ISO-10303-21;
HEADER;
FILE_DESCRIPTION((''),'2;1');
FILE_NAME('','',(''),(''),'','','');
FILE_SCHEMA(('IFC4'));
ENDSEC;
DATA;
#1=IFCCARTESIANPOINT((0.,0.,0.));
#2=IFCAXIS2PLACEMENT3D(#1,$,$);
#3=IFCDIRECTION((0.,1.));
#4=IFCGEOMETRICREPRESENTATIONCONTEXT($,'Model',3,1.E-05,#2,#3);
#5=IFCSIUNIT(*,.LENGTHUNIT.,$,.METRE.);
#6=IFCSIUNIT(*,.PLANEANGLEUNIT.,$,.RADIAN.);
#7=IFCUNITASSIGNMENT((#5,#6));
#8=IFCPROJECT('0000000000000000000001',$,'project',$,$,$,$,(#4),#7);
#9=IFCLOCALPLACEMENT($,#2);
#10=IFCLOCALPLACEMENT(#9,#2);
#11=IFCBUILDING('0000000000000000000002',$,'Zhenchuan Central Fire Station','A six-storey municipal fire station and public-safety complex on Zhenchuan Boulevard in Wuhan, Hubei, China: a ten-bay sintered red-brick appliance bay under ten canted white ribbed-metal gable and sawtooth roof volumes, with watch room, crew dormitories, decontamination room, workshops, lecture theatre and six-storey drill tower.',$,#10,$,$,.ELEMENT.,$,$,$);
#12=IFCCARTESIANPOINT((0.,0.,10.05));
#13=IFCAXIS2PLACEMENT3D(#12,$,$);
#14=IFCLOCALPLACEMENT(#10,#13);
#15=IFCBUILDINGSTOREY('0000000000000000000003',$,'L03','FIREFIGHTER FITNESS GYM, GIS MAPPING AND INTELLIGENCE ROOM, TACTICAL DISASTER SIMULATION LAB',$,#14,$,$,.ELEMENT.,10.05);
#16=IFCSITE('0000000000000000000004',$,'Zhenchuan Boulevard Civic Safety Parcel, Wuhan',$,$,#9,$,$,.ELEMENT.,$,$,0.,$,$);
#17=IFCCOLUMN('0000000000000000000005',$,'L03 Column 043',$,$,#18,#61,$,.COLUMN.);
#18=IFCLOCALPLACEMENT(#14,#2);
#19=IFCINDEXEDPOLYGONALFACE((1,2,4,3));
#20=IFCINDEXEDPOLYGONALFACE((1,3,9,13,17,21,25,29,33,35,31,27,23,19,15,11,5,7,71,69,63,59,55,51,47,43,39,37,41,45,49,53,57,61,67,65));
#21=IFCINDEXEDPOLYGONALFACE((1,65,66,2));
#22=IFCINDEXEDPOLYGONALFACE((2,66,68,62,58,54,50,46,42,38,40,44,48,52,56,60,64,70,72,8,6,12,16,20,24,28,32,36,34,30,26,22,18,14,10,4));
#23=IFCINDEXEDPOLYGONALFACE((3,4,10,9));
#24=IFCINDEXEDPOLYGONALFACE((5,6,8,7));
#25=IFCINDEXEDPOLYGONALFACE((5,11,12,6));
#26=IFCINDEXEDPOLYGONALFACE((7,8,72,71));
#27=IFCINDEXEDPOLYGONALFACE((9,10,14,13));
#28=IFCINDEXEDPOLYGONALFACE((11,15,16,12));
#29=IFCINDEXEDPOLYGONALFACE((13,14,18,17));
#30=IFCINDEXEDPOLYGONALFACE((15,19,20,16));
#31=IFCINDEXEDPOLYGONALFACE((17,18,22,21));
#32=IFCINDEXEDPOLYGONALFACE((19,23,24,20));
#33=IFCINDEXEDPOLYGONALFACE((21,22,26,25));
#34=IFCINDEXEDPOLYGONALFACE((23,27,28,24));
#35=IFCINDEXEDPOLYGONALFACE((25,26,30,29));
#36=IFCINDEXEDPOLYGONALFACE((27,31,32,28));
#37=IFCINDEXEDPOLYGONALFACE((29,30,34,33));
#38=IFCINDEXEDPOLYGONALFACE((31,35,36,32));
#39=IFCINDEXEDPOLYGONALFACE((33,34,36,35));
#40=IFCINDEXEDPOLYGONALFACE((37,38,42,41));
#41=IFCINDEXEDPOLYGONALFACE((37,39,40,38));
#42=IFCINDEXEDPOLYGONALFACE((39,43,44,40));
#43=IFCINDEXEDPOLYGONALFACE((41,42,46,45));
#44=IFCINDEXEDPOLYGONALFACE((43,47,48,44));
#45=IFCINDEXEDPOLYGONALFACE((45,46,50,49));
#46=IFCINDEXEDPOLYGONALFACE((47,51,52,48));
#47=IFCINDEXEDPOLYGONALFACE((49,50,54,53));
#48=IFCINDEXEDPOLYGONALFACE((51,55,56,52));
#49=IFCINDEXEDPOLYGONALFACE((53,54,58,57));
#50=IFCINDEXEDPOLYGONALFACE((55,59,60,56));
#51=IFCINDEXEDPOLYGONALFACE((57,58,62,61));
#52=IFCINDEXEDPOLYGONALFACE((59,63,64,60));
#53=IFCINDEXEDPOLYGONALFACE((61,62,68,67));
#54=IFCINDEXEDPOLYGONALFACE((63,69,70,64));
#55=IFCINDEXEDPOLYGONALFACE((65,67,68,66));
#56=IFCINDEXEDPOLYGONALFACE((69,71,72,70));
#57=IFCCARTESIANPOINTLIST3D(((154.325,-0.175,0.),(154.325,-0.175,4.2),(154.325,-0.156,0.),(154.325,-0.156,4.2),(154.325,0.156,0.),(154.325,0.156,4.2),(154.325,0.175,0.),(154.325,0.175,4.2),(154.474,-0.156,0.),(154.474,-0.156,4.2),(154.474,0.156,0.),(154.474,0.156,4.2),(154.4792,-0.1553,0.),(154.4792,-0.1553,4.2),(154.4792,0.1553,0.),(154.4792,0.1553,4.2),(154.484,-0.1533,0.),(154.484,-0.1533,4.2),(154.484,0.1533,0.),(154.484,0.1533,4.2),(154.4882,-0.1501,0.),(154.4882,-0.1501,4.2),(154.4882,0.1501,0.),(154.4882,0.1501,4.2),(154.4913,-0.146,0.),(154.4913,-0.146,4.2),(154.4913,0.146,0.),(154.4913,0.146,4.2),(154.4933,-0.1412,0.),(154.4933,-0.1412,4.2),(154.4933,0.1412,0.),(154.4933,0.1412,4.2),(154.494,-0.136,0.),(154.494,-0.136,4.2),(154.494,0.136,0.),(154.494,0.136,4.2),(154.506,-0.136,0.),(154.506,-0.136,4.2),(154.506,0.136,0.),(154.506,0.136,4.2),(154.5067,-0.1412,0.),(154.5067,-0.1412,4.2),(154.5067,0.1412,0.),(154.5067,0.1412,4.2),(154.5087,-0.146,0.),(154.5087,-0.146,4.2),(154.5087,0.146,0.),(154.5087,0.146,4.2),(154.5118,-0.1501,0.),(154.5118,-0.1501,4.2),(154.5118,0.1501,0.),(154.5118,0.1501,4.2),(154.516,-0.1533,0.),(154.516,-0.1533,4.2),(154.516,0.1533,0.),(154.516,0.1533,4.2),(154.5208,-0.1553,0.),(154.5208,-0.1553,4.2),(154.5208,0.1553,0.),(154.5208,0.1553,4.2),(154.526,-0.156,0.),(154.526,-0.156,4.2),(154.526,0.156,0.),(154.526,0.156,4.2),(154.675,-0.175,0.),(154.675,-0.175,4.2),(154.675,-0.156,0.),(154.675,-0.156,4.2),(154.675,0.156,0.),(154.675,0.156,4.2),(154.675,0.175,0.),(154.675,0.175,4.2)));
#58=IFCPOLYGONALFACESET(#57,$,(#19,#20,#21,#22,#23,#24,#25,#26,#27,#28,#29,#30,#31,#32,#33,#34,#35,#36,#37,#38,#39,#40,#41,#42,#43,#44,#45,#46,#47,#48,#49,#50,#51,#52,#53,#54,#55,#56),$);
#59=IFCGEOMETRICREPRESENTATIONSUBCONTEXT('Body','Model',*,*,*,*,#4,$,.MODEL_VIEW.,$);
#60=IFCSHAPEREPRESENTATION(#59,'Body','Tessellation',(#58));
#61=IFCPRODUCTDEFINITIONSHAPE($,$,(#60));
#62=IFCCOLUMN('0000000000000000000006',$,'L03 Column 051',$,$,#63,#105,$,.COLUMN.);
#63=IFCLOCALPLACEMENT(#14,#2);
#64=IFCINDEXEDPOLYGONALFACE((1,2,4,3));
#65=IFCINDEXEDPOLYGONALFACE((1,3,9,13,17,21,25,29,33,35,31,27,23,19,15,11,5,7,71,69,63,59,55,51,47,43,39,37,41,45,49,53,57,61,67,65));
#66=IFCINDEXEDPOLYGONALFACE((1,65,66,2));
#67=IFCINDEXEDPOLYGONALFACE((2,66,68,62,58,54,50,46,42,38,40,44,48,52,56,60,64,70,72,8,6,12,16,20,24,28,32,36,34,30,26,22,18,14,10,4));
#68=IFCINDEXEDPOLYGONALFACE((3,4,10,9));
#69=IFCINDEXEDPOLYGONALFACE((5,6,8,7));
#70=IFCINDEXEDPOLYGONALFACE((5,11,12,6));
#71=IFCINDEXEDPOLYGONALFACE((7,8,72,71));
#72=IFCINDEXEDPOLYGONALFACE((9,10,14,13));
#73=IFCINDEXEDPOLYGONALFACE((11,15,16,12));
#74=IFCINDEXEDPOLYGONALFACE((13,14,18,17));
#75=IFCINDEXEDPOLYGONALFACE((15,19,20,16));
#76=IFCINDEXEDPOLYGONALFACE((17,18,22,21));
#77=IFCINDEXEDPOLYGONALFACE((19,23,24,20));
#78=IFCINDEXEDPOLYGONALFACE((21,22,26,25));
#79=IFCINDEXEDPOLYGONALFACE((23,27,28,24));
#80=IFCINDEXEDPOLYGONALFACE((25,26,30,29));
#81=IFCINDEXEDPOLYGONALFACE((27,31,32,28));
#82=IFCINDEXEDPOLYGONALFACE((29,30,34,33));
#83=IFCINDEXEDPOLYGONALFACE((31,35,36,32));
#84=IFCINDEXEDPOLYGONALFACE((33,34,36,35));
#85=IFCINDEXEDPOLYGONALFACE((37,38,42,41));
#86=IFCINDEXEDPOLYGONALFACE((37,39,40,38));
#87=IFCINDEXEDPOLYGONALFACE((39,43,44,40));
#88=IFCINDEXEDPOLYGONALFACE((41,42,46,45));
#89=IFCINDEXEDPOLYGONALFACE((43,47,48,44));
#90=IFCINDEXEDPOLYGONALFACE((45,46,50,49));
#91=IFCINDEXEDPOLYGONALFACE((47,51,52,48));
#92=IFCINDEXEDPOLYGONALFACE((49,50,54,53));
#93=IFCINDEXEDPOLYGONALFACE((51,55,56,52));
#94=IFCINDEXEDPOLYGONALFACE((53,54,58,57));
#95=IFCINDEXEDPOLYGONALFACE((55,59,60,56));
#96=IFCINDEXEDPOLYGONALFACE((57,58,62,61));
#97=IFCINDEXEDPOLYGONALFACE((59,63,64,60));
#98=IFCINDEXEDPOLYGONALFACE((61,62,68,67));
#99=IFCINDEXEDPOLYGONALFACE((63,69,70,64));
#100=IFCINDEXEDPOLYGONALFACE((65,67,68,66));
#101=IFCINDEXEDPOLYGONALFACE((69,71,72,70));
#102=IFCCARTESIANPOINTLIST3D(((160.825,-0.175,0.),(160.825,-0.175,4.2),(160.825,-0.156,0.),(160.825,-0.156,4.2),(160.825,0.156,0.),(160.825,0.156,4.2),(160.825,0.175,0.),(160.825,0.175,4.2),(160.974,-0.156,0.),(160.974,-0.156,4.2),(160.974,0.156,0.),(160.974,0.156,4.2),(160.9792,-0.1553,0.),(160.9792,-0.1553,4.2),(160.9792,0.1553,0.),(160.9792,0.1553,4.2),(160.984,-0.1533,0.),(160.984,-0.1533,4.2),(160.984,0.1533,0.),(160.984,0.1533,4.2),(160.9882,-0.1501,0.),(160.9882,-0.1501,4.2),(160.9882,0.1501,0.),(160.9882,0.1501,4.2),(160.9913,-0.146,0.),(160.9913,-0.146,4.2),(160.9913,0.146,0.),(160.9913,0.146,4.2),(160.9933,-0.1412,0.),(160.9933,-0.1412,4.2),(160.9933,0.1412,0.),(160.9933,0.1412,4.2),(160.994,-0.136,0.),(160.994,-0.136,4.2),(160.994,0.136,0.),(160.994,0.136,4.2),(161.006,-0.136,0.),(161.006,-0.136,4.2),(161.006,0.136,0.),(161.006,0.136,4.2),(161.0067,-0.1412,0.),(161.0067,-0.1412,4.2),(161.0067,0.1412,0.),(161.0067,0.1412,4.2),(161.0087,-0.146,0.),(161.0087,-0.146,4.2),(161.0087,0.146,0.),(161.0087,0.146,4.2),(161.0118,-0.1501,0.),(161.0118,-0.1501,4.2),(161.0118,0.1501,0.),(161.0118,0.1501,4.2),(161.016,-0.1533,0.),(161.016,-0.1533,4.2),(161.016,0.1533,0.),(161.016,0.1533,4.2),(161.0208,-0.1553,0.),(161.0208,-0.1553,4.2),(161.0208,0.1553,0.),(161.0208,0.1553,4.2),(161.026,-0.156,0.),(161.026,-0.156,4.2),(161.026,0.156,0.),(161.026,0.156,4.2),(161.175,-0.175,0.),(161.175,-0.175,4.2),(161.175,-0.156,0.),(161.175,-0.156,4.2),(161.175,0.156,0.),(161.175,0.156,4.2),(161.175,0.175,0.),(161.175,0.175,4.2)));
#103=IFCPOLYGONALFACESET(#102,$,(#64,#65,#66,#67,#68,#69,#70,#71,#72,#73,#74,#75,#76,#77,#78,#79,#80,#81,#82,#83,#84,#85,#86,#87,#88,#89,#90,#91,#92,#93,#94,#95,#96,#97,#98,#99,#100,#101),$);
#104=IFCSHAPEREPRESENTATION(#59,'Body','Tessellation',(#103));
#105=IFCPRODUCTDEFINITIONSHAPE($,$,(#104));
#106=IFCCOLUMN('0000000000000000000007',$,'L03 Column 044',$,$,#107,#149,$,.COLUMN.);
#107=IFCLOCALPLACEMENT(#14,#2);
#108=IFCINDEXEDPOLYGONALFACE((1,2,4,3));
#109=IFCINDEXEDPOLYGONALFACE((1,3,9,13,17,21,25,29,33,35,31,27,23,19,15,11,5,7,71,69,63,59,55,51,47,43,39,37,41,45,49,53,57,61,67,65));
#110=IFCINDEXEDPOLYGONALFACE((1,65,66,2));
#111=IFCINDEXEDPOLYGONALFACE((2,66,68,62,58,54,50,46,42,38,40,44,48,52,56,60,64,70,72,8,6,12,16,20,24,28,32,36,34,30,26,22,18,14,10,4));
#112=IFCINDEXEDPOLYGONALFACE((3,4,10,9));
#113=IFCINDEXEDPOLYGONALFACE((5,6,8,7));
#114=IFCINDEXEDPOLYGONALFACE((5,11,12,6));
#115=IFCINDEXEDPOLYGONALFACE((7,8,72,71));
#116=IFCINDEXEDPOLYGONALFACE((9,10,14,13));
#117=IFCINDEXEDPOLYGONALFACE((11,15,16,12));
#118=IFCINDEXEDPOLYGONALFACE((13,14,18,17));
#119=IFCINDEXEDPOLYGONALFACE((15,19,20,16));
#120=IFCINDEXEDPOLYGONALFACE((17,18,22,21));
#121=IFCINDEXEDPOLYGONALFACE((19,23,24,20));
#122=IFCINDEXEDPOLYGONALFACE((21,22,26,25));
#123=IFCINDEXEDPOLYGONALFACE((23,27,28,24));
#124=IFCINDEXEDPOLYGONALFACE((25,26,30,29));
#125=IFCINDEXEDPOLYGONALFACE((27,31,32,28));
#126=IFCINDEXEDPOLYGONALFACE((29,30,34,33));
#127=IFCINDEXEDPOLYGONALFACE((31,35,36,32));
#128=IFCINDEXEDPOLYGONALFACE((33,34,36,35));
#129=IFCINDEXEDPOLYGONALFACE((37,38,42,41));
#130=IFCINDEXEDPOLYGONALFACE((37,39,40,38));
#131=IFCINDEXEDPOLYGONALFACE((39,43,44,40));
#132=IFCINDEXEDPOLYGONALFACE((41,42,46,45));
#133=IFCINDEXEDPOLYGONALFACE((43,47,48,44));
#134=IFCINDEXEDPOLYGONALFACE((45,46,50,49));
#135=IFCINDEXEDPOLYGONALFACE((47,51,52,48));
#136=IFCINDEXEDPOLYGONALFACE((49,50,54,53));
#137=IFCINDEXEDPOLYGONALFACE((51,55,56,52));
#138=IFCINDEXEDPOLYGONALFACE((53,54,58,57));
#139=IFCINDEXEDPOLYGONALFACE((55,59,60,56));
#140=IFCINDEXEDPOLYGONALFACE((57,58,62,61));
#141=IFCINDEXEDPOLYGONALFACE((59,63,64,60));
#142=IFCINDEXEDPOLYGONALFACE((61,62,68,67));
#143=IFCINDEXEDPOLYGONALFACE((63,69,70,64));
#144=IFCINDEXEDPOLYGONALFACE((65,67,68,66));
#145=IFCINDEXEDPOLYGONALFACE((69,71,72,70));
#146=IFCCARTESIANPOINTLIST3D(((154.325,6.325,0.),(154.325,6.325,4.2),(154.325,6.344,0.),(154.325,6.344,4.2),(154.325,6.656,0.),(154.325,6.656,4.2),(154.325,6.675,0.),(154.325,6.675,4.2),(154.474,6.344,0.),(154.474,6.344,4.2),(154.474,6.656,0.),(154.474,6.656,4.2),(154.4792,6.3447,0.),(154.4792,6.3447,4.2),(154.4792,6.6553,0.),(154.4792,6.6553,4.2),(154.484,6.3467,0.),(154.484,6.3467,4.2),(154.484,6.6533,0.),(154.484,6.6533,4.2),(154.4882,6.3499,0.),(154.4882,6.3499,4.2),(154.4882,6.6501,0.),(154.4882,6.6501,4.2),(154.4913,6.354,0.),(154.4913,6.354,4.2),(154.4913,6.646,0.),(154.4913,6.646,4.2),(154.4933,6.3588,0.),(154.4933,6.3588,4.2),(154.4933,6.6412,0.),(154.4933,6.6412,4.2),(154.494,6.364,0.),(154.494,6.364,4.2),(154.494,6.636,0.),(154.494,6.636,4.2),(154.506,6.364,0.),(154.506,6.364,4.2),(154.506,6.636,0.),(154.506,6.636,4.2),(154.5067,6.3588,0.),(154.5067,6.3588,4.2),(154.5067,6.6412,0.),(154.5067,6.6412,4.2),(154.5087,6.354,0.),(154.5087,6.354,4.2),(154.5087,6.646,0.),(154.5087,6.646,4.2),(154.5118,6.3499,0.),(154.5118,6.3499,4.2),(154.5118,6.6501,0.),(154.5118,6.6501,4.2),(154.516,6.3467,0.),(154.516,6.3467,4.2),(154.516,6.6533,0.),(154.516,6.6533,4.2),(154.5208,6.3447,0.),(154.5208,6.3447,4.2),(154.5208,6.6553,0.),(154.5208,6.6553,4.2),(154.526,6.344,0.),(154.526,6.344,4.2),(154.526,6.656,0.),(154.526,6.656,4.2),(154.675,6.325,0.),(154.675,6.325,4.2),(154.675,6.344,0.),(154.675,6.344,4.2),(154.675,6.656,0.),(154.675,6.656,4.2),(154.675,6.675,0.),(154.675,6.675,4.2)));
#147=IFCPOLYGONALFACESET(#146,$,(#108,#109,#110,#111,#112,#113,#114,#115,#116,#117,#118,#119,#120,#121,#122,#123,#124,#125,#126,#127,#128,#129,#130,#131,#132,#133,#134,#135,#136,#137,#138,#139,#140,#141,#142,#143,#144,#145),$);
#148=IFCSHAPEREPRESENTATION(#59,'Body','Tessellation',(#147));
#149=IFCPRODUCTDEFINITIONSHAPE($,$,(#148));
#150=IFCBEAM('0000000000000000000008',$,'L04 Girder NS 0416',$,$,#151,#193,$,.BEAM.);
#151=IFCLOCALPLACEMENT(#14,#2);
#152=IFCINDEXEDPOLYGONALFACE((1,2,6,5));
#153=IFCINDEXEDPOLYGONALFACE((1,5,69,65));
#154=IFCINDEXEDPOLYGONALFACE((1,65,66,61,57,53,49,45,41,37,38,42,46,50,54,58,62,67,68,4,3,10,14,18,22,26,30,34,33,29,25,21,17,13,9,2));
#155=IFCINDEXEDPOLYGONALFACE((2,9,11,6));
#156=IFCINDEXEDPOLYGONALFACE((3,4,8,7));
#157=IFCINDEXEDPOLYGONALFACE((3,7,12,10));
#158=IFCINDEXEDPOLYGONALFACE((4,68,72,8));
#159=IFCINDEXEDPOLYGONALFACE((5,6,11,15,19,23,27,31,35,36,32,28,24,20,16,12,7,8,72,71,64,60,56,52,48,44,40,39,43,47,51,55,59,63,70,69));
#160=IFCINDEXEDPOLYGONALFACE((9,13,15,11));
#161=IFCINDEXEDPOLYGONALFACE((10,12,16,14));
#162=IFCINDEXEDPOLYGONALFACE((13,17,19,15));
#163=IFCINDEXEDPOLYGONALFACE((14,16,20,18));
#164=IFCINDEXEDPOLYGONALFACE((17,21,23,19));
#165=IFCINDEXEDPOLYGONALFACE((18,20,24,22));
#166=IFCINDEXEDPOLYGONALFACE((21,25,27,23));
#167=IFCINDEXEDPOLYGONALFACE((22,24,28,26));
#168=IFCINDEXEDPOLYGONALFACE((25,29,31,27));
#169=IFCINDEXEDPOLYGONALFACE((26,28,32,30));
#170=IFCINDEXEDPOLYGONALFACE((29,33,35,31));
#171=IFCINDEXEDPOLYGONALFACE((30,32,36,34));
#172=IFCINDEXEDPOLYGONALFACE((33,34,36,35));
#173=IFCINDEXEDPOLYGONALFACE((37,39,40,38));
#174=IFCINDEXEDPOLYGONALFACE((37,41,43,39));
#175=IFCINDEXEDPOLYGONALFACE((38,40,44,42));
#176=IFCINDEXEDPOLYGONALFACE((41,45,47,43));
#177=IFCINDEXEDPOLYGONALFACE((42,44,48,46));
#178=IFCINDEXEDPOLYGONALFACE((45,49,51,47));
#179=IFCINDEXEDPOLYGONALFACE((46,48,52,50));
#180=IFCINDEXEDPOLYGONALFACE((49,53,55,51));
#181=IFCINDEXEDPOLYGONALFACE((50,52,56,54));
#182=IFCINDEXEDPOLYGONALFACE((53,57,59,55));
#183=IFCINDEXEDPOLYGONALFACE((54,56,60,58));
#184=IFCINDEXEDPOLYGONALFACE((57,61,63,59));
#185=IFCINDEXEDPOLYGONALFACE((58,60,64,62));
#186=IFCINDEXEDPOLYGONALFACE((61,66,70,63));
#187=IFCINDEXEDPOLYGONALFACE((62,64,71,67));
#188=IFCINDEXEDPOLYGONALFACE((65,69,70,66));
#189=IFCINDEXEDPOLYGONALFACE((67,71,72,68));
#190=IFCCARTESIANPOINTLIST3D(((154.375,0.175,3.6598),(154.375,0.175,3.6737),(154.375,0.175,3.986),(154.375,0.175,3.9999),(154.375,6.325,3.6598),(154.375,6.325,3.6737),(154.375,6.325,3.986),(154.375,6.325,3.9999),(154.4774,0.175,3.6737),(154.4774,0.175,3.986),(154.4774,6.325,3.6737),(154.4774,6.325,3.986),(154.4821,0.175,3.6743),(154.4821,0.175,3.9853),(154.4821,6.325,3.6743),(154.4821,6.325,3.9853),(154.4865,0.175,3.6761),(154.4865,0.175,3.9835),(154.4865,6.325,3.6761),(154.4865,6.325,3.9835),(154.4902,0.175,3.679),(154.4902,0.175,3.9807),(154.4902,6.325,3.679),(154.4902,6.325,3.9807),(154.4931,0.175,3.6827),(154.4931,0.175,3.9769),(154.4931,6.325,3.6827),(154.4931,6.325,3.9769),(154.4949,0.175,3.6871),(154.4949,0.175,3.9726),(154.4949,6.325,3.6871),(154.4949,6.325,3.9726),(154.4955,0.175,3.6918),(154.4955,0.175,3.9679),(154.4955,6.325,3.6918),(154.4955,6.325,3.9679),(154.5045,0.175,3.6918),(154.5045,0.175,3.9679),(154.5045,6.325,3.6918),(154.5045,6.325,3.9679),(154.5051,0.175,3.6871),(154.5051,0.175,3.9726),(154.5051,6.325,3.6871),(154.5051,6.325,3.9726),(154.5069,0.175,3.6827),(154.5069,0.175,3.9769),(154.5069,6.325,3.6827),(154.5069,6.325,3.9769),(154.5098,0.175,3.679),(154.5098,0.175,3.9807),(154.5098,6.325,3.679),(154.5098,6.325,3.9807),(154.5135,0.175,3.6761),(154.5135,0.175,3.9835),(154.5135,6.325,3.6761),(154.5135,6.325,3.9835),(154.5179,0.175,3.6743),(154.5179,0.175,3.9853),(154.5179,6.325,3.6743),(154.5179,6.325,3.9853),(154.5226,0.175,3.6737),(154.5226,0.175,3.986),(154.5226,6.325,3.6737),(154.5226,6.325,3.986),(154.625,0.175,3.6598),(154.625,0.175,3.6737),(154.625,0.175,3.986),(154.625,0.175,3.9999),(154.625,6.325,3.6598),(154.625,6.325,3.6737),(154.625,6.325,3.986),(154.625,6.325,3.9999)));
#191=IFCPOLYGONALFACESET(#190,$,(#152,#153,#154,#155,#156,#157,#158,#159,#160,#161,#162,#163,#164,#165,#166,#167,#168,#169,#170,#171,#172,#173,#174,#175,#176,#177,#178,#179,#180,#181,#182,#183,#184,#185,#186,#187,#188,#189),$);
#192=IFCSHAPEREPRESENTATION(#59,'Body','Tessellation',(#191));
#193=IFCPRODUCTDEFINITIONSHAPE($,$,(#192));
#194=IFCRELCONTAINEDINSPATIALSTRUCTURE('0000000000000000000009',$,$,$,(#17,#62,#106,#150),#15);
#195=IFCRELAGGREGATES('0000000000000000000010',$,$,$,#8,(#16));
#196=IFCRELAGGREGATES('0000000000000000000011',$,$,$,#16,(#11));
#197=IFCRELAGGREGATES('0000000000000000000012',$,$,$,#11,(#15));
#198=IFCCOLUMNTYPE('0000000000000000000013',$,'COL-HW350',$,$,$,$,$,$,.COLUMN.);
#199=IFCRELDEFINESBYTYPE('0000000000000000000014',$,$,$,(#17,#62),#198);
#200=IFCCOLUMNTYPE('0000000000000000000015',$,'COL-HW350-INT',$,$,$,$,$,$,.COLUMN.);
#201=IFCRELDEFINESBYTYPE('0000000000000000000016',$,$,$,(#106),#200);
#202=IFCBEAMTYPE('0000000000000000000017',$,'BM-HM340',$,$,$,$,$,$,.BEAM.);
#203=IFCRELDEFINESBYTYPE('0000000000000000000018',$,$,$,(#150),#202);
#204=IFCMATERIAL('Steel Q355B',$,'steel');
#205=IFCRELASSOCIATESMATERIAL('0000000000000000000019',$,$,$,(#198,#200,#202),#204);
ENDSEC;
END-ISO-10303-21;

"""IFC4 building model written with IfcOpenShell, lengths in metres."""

from ifc_helpers import new_model, si_unit, direction, frame, origin, origin_2d, place, context, subcontext, project, spatial, i_section, extrude, material, material_profile, profile_set, type_object, element, save


model = new_model("IFC4")

# Units and contexts
model_context = context("Model", 3, precision=1e-05, world=origin(), true_north=direction((0.0, 1.0)))
body_context = subcontext(model_context, "Body", "Model", "MODEL_VIEW")
ifc_project = project(units=[si_unit("LENGTHUNIT", "METRE"), si_unit("PLANEANGLEUNIT", "RADIAN")], contexts=[model_context])

# Site, building, storey
site_placement = place(None, origin())
site = spatial("IfcSite", under=ifc_project, at=site_placement, Name="Zhenchuan Boulevard Civic Safety Parcel, Wuhan", CompositionType="ELEMENT", RefElevation=0.0)
building_placement = place(site_placement, origin())
building = spatial("IfcBuilding", under=site, at=building_placement, Name="Zhenchuan Central Fire Station", Description="A six-storey municipal fire station and public-safety complex on Zhenchuan Boulevard in Wuhan, Hubei, China: a ten-bay sintered red-brick appliance bay under ten canted white ribbed-metal gable and sawtooth roof volumes, with watch room, crew dormitories, decontamination room, workshops, lecture theatre and six-storey drill tower.", CompositionType="ELEMENT")
storey_placement = place(building_placement, frame((0.0, 0.0, 10.05)))
storey = spatial("IfcBuildingStorey", under=building, at=storey_placement, Name="L03", Description="FIREFIGHTER FITNESS GYM, GIS MAPPING AND INTELLIGENCE ROOM, TACTICAL DISASTER SIMULATION LAB", CompositionType="ELEMENT", Elevation=10.05)

# Columns
ifc_material_1 = material(Name="Steel Q355B", Category="steel")
ifc_material_profile_1 = material_profile(ifc_material_1, i_section(OverallWidth=0.3501, OverallDepth=0.3501, WebThickness=0.012, FlangeThickness=0.019, FilletRadius=0.02, at=origin_2d()), Name="HW 350x350")
ifc_profile_set_1 = profile_set([ifc_material_profile_1], Name="Steel Q355B")
column_type_1 = type_object("IfcColumnType", Name="COL-HW350", PredefinedType="COLUMN", material=ifc_profile_set_1)
for number, where, z_axis, x_axis, name in (
    (1, (154.5, 0.0, 0.0), (0.0, 0.0, 1.0), (1.0, 0.0, 0.0), "L03 Column 043"),
    (2, (161.0, 0.0, 0.0), (0.0, 0.0, 1.0), (1.0, 0.0, 0.0), "L03 Column 051"),
):
    element("IfcColumn", number, at=place(storey_placement, frame(where, z_axis=z_axis, x_axis=x_axis)), inside=storey, type_object=column_type_1, Name=name, PredefinedType="COLUMN", context=body_context, shape_type="SweptSolid", body=[
        extrude(i_section(OverallWidth=0.3501, OverallDepth=0.3501, WebThickness=0.012, FlangeThickness=0.019, FilletRadius=0.02, at=origin_2d()), origin(), (0.0, 0.0, 1.0), 4.2),
    ])
ifc_material_profile_2 = material_profile(ifc_material_1, i_section(OverallWidth=0.3501, OverallDepth=0.3501, WebThickness=0.012, FlangeThickness=0.019, FilletRadius=0.02, at=origin_2d()), Name="HW 350x350")
ifc_profile_set_2 = profile_set([ifc_material_profile_2], Name="Steel Q355B")
column_type_2 = type_object("IfcColumnType", Name="COL-HW350-INT", PredefinedType="COLUMN", material=ifc_profile_set_2)
column_placement = place(storey_placement, frame((154.5, 6.5, 0.0), z_axis=(0.0, 0.0, 1.0), x_axis=(1.0, 0.0, 0.0)))
element("IfcColumn", 3, at=column_placement, inside=storey, type_object=column_type_2, Name="L03 Column 044", PredefinedType="COLUMN", context=body_context, shape_type="SweptSolid", body=[
    extrude(i_section(OverallWidth=0.3501, OverallDepth=0.3501, WebThickness=0.012, FlangeThickness=0.019, FilletRadius=0.02, at=origin_2d()), origin(), (0.0, 0.0, 1.0), 4.2),
])

# Beam
ifc_material_profile_3 = material_profile(ifc_material_1, i_section(OverallWidth=0.25, OverallDepth=0.3401, WebThickness=0.009, FlangeThickness=0.0139, FilletRadius=0.0181, at=origin_2d()), Name="HM 340x250")
ifc_profile_set_3 = profile_set([ifc_material_profile_3], Name="Steel Q355B")
beam_type_1 = type_object("IfcBeamType", Name="BM-HM340", PredefinedType="BEAM", material=ifc_profile_set_3)
beam_1_placement = place(storey_placement, frame((154.5, 0.175, 3.8298), z_axis=(0.0, 1.0, 0.0), x_axis=(-1.0, 0.0, 0.0)))
element("IfcBeam", 4, at=beam_1_placement, inside=storey, type_object=beam_type_1, Name="L04 Girder NS 0416", PredefinedType="BEAM", context=body_context, shape_type="SweptSolid", body=[
    extrude(i_section(OverallWidth=0.25, OverallDepth=0.3401, WebThickness=0.009, FlangeThickness=0.0139, FilletRadius=0.0181, at=origin_2d()), origin(), (0.0, 0.0, 1.0), 6.1499),
])

save(model, "model.ifc")
